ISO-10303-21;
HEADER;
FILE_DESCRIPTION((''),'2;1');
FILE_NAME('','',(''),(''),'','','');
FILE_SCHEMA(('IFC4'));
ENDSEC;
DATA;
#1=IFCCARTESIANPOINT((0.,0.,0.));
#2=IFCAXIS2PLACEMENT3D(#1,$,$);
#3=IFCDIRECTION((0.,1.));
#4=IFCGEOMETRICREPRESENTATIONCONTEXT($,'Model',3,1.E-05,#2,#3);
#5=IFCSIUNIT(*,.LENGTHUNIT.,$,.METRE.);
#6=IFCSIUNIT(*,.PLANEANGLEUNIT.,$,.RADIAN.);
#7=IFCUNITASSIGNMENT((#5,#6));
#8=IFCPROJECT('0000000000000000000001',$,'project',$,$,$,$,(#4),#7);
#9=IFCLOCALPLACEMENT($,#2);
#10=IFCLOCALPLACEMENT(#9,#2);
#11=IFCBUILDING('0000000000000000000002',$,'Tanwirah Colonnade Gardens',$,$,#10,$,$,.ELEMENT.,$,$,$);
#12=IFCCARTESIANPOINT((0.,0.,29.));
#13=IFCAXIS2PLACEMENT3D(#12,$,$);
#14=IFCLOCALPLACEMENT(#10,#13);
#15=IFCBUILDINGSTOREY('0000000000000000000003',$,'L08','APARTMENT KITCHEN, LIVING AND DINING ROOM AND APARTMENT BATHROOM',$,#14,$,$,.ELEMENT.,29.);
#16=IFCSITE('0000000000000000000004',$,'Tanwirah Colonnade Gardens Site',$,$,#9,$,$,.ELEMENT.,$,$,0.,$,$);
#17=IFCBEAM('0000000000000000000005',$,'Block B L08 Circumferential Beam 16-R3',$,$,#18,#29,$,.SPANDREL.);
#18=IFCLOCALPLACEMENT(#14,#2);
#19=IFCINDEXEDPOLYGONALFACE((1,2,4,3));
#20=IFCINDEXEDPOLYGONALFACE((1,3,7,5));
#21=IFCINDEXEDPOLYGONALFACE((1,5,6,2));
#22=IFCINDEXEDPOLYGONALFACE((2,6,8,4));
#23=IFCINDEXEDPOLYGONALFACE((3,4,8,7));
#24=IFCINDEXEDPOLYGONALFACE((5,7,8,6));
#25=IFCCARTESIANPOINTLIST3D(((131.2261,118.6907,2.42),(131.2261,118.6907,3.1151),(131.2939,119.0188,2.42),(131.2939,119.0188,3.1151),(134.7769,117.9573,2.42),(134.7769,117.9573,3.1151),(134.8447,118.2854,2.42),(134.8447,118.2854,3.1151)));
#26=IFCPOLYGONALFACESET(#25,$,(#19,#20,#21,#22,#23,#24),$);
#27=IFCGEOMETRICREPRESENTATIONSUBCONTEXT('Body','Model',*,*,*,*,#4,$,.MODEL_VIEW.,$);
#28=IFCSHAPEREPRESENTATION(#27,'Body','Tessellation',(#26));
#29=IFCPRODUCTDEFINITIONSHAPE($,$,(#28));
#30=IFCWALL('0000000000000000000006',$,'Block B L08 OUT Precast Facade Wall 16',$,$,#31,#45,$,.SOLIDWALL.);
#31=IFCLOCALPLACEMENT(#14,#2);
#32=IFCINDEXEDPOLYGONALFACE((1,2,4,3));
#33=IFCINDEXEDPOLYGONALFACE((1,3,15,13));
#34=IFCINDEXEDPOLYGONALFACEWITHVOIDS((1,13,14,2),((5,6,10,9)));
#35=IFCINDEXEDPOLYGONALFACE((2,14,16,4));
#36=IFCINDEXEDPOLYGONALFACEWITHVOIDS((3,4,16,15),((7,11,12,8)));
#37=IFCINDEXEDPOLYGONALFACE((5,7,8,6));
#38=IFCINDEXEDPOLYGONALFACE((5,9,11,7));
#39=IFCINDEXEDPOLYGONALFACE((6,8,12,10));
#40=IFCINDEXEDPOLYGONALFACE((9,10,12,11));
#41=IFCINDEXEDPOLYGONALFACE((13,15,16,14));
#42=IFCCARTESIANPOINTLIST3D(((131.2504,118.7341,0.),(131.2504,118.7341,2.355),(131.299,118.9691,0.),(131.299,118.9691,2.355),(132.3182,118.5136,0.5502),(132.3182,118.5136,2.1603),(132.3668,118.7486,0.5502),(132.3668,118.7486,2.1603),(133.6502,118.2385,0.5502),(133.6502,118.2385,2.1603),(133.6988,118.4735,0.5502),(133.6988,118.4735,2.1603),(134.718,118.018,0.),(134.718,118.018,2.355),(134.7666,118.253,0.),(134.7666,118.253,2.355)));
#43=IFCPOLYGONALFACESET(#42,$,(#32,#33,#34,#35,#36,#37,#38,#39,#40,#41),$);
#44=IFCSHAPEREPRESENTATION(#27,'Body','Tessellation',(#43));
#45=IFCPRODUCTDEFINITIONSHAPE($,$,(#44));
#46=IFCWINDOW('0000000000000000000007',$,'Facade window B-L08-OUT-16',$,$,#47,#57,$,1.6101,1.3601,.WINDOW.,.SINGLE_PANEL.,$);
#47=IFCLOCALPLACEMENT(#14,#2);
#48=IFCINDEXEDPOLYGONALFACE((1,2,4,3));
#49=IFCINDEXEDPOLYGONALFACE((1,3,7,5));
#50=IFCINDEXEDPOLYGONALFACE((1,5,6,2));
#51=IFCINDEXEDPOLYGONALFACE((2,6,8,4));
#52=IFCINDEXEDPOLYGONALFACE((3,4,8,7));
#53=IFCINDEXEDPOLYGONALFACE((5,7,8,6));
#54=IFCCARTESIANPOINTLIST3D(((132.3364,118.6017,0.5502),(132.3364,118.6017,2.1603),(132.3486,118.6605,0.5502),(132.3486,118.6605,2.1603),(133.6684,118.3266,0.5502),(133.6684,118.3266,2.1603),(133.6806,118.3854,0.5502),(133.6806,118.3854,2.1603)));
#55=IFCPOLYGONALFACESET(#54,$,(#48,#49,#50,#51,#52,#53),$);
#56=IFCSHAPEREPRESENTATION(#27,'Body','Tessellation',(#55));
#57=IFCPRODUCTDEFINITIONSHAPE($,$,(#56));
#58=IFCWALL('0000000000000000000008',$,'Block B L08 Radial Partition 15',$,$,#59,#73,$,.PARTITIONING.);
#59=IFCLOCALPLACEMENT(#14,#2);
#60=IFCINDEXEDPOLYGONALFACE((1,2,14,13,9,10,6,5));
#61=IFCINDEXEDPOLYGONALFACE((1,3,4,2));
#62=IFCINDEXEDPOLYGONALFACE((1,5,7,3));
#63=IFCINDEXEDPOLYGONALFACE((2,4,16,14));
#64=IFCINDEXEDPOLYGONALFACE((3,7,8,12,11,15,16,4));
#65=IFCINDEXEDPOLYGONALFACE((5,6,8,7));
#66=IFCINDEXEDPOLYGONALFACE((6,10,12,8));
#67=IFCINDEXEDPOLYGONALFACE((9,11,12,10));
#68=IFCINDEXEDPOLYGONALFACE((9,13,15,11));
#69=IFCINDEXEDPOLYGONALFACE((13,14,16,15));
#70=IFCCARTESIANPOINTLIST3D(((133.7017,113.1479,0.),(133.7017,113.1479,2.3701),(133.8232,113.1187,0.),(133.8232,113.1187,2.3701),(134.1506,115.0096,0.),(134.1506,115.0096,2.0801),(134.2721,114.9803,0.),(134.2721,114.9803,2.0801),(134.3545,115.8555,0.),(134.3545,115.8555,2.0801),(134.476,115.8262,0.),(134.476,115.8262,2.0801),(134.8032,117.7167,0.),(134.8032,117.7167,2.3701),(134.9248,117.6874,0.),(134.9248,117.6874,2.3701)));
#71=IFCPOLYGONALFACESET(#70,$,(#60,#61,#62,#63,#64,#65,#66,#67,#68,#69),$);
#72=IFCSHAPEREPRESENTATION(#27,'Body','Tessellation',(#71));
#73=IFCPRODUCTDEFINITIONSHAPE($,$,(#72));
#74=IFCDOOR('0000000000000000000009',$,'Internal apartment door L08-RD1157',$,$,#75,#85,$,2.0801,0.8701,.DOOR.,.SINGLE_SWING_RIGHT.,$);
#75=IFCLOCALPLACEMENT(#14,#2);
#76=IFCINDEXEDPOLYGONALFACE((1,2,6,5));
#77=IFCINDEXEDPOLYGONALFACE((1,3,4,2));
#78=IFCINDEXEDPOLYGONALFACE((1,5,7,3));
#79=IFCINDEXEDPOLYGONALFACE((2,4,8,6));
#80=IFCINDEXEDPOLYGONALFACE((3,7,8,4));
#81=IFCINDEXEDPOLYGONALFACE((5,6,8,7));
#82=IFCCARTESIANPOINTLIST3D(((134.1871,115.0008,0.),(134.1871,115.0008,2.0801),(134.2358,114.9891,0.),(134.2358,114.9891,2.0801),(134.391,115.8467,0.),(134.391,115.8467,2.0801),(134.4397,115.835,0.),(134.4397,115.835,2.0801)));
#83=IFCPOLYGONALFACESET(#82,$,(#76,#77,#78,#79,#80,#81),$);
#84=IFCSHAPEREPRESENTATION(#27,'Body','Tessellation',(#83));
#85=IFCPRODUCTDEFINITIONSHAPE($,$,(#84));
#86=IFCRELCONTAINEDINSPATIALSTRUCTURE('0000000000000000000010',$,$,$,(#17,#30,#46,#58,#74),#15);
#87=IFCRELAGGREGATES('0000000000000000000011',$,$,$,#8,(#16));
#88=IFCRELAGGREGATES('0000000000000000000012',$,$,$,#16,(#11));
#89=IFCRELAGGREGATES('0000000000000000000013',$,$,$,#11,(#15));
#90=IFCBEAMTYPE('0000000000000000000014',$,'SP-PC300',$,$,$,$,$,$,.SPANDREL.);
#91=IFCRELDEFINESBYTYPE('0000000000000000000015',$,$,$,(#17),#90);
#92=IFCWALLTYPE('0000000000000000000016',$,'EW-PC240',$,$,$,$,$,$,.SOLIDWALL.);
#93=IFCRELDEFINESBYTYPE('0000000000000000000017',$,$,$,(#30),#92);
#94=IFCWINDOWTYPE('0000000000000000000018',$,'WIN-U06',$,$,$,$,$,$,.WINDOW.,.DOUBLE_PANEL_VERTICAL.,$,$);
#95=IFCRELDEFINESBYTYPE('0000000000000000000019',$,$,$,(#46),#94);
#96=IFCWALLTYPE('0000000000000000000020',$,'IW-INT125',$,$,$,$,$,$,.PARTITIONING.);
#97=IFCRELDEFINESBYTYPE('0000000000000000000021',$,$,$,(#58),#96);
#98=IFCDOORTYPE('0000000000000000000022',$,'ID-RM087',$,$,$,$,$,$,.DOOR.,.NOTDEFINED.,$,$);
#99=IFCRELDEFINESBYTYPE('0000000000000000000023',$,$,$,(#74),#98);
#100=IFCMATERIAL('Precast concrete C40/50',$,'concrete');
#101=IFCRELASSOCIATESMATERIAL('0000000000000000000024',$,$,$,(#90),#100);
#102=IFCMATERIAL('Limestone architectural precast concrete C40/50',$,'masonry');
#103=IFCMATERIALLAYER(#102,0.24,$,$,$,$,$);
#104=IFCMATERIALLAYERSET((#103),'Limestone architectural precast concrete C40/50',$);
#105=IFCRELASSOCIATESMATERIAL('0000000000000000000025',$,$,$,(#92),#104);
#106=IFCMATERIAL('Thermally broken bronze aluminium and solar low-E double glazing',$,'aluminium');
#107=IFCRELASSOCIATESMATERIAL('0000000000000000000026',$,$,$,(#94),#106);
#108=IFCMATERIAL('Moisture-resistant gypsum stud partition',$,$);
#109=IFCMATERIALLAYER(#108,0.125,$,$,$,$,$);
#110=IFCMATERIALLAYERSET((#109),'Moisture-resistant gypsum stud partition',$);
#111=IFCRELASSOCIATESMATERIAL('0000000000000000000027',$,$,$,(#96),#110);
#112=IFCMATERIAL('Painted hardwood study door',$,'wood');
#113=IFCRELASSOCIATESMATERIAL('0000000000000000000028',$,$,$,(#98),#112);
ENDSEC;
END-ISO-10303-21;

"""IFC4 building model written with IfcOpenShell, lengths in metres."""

from ifc_helpers import new_model, si_unit, direction, frame, frame_2d, origin, origin_2d, place, context, subcontext, project, spatial, rectangle, extrude, material, layer, layer_set, material_profile, profile_set, type_object, element, fill, save


model = new_model("IFC4")

# Units and contexts
model_context = context("Model", 3, precision=1e-05, world=origin(), true_north=direction((0.0, 1.0)))
body_context = subcontext(model_context, "Body", "Model", "MODEL_VIEW")
ifc_project = project(units=[si_unit("LENGTHUNIT", "METRE"), si_unit("PLANEANGLEUNIT", "RADIAN")], contexts=[model_context])

# Site, building, storey
site_placement = place(None, origin())
site = spatial("IfcSite", under=ifc_project, at=site_placement, Name="Tanwirah Colonnade Gardens Site", CompositionType="ELEMENT", RefElevation=0.0)
building_placement = place(site_placement, origin())
building = spatial("IfcBuilding", under=site, at=building_placement, Name="Tanwirah Colonnade Gardens", CompositionType="ELEMENT")
storey_placement = place(building_placement, frame((0.0, 0.0, 29.0)))
storey = spatial("IfcBuildingStorey", under=building, at=storey_placement, Name="L08", Description="APARTMENT KITCHEN, LIVING AND DINING ROOM AND APARTMENT BATHROOM", CompositionType="ELEMENT", Elevation=29.0)

# Shared definitions
ifc_material_1 = material(Name="Precast concrete C40/50", Category="concrete")

# Beam
ifc_material_profile_1 = material_profile(ifc_material_1, rectangle(XDim=0.335, YDim=0.6951, at=origin_2d()), Name="PC-SP 335x695")
ifc_profile_set_1 = profile_set([ifc_material_profile_1], Name="Precast concrete C40/50")
beam_type_1 = type_object("IfcBeamType", Name="SP-PC300", PredefinedType="SPANDREL", material=ifc_profile_set_1)
beam_1_placement = place(storey_placement, frame((134.8108, 118.1213, 2.7676), z_axis=(-0.979329, 0.202276, 0.0), x_axis=(-0.202276, -0.979329, 0.0)))
element("IfcBeam", 1, at=beam_1_placement, inside=storey, type_object=beam_type_1, Name="Block B L08 Circumferential Beam 16-R3", PredefinedType="SPANDREL", context=body_context, shape_type="SweptSolid", body=[
    extrude(rectangle(XDim=0.335, YDim=0.6951, at=origin_2d()), origin(), (0.0, 0.0, 1.0), 3.6257),
])

# Wall, opening, window
ifc_material_2 = material(Name="Limestone architectural precast concrete C40/50", Category="masonry")
ifc_layer_1 = layer(ifc_material_2, 0.24)
ifc_layer_set_1 = layer_set([ifc_layer_1], Name="Limestone architectural precast concrete C40/50")
wall_type_1 = type_object("IfcWallType", Name="EW-PC240", PredefinedType="SOLIDWALL", material=ifc_layer_set_1)
wall_1_placement = place(storey_placement, frame((134.7424, 118.1355, 0.0), z_axis=(0.0, 0.0, 1.0), x_axis=(-0.979336, 0.202238, 0.0)))
wall_1 = element("IfcWall", 2, at=wall_1_placement, inside=storey, type_object=wall_type_1, Name="Block B L08 OUT Precast Facade Wall 16", PredefinedType="SOLIDWALL", context=body_context, shape_type="SweptSolid", body=[
    extrude(rectangle(XDim=3.5408, YDim=0.24, at=frame_2d((1.7705, 0.0))), origin(), (0.0, 0.0, 1.0), 2.355),
])
opening_1_placement = place(wall_1_placement, frame((1.0903, 0.0, 0.55)))
opening_1 = element("IfcOpeningElement", 3, at=opening_1_placement, cuts=wall_1, PredefinedType="OPENING", context=body_context, shape_type="SweptSolid", body=[
    extrude(rectangle(XDim=1.3601, YDim=1.6101, at=frame_2d((0.6802, 0.8052))), frame((0.0, 0.1299, 0.0), z_axis=(0.0, -1.0, 0.0), x_axis=(1.0, 0.0, 0.0)), (0.0, 0.0, 1.0), 0.26),
])
ifc_material_3 = material(Name="Thermally broken bronze aluminium and solar low-E double glazing", Category="aluminium")
window_type = type_object("IfcWindowType", Name="WIN-U06", PartitioningType="DOUBLE_PANEL_VERTICAL", PredefinedType="WINDOW", material=ifc_material_3)
window_placement = place(opening_1_placement, origin())
window = element("IfcWindow", 4, at=window_placement, inside=storey, type_object=window_type, Name="Facade window B-L08-OUT-16", OverallHeight=1.6101, OverallWidth=1.3601, PartitioningType="SINGLE_PANEL", PredefinedType="WINDOW", context=body_context, shape_type="SweptSolid", body=[
    extrude(rectangle(XDim=1.3601, YDim=1.6101, at=frame_2d((0.6802, 0.8052))), frame((0.0, 0.03, 0.0), z_axis=(0.0, -1.0, 0.0), x_axis=(1.0, 0.0, 0.0)), (0.0, 0.0, 1.0), 0.0601),
])
fill(opening_1, window)

# Wall, opening, door
ifc_material_4 = material(Name="Moisture-resistant gypsum stud partition")
ifc_layer_2 = layer(ifc_material_4, 0.125)
ifc_layer_set_2 = layer_set([ifc_layer_2], Name="Moisture-resistant gypsum stud partition")
wall_type_2 = type_object("IfcWallType", Name="IW-INT125", PredefinedType="PARTITIONING", material=ifc_layer_set_2)
wall_2_placement = place(storey_placement, frame((133.7625, 113.1333, 0.0), z_axis=(0.0, 0.0, 1.0), x_axis=(0.234387, 0.972143, 0.0)))
wall_2 = element("IfcWall", 5, at=wall_2_placement, inside=storey, type_object=wall_type_2, Name="Block B L08 Radial Partition 15", PredefinedType="PARTITIONING", context=body_context, shape_type="SweptSolid", body=[
    extrude(rectangle(XDim=4.6997, YDim=0.125, at=frame_2d((2.3499, 0.0))), origin(), (0.0, 0.0, 1.0), 2.3701),
])
opening_2_placement = place(wall_2_placement, frame((1.915, 0.0, 0.0)))
opening_2 = element("IfcOpeningElement", 6, at=opening_2_placement, cuts=wall_2, PredefinedType="OPENING", context=body_context, shape_type="SweptSolid", body=[
    extrude(rectangle(XDim=0.8701, YDim=2.0801, at=frame_2d((0.4351, 1.04))), frame((0.0, 0.0725, 0.0), z_axis=(0.0, -1.0, 0.0), x_axis=(1.0, 0.0, 0.0)), (0.0, 0.0, 1.0), 0.145),
])
ifc_material_5 = material(Name="Painted hardwood study door", Category="wood")
door_type_1 = type_object("IfcDoorType", Name="ID-RM087", OperationType="NOTDEFINED", PredefinedType="DOOR", material=ifc_material_5)
door_1_placement = place(opening_2_placement, origin())
door_1 = element("IfcDoor", 7, at=door_1_placement, inside=storey, type_object=door_type_1, Name="Internal apartment door L08-RD1157", OperationType="SINGLE_SWING_RIGHT", OverallHeight=2.0801, OverallWidth=0.8701, PredefinedType="DOOR", context=body_context, shape_type="SweptSolid", body=[
    extrude(rectangle(XDim=0.8701, YDim=2.0801, at=frame_2d((0.4351, 1.04))), frame((0.0, 0.0249, 0.0), z_axis=(0.0, -1.0, 0.0), x_axis=(1.0, 0.0, 0.0)), (0.0, 0.0, 1.0), 0.05),
])
fill(opening_2, door_1)

save(model, "model.ifc")
